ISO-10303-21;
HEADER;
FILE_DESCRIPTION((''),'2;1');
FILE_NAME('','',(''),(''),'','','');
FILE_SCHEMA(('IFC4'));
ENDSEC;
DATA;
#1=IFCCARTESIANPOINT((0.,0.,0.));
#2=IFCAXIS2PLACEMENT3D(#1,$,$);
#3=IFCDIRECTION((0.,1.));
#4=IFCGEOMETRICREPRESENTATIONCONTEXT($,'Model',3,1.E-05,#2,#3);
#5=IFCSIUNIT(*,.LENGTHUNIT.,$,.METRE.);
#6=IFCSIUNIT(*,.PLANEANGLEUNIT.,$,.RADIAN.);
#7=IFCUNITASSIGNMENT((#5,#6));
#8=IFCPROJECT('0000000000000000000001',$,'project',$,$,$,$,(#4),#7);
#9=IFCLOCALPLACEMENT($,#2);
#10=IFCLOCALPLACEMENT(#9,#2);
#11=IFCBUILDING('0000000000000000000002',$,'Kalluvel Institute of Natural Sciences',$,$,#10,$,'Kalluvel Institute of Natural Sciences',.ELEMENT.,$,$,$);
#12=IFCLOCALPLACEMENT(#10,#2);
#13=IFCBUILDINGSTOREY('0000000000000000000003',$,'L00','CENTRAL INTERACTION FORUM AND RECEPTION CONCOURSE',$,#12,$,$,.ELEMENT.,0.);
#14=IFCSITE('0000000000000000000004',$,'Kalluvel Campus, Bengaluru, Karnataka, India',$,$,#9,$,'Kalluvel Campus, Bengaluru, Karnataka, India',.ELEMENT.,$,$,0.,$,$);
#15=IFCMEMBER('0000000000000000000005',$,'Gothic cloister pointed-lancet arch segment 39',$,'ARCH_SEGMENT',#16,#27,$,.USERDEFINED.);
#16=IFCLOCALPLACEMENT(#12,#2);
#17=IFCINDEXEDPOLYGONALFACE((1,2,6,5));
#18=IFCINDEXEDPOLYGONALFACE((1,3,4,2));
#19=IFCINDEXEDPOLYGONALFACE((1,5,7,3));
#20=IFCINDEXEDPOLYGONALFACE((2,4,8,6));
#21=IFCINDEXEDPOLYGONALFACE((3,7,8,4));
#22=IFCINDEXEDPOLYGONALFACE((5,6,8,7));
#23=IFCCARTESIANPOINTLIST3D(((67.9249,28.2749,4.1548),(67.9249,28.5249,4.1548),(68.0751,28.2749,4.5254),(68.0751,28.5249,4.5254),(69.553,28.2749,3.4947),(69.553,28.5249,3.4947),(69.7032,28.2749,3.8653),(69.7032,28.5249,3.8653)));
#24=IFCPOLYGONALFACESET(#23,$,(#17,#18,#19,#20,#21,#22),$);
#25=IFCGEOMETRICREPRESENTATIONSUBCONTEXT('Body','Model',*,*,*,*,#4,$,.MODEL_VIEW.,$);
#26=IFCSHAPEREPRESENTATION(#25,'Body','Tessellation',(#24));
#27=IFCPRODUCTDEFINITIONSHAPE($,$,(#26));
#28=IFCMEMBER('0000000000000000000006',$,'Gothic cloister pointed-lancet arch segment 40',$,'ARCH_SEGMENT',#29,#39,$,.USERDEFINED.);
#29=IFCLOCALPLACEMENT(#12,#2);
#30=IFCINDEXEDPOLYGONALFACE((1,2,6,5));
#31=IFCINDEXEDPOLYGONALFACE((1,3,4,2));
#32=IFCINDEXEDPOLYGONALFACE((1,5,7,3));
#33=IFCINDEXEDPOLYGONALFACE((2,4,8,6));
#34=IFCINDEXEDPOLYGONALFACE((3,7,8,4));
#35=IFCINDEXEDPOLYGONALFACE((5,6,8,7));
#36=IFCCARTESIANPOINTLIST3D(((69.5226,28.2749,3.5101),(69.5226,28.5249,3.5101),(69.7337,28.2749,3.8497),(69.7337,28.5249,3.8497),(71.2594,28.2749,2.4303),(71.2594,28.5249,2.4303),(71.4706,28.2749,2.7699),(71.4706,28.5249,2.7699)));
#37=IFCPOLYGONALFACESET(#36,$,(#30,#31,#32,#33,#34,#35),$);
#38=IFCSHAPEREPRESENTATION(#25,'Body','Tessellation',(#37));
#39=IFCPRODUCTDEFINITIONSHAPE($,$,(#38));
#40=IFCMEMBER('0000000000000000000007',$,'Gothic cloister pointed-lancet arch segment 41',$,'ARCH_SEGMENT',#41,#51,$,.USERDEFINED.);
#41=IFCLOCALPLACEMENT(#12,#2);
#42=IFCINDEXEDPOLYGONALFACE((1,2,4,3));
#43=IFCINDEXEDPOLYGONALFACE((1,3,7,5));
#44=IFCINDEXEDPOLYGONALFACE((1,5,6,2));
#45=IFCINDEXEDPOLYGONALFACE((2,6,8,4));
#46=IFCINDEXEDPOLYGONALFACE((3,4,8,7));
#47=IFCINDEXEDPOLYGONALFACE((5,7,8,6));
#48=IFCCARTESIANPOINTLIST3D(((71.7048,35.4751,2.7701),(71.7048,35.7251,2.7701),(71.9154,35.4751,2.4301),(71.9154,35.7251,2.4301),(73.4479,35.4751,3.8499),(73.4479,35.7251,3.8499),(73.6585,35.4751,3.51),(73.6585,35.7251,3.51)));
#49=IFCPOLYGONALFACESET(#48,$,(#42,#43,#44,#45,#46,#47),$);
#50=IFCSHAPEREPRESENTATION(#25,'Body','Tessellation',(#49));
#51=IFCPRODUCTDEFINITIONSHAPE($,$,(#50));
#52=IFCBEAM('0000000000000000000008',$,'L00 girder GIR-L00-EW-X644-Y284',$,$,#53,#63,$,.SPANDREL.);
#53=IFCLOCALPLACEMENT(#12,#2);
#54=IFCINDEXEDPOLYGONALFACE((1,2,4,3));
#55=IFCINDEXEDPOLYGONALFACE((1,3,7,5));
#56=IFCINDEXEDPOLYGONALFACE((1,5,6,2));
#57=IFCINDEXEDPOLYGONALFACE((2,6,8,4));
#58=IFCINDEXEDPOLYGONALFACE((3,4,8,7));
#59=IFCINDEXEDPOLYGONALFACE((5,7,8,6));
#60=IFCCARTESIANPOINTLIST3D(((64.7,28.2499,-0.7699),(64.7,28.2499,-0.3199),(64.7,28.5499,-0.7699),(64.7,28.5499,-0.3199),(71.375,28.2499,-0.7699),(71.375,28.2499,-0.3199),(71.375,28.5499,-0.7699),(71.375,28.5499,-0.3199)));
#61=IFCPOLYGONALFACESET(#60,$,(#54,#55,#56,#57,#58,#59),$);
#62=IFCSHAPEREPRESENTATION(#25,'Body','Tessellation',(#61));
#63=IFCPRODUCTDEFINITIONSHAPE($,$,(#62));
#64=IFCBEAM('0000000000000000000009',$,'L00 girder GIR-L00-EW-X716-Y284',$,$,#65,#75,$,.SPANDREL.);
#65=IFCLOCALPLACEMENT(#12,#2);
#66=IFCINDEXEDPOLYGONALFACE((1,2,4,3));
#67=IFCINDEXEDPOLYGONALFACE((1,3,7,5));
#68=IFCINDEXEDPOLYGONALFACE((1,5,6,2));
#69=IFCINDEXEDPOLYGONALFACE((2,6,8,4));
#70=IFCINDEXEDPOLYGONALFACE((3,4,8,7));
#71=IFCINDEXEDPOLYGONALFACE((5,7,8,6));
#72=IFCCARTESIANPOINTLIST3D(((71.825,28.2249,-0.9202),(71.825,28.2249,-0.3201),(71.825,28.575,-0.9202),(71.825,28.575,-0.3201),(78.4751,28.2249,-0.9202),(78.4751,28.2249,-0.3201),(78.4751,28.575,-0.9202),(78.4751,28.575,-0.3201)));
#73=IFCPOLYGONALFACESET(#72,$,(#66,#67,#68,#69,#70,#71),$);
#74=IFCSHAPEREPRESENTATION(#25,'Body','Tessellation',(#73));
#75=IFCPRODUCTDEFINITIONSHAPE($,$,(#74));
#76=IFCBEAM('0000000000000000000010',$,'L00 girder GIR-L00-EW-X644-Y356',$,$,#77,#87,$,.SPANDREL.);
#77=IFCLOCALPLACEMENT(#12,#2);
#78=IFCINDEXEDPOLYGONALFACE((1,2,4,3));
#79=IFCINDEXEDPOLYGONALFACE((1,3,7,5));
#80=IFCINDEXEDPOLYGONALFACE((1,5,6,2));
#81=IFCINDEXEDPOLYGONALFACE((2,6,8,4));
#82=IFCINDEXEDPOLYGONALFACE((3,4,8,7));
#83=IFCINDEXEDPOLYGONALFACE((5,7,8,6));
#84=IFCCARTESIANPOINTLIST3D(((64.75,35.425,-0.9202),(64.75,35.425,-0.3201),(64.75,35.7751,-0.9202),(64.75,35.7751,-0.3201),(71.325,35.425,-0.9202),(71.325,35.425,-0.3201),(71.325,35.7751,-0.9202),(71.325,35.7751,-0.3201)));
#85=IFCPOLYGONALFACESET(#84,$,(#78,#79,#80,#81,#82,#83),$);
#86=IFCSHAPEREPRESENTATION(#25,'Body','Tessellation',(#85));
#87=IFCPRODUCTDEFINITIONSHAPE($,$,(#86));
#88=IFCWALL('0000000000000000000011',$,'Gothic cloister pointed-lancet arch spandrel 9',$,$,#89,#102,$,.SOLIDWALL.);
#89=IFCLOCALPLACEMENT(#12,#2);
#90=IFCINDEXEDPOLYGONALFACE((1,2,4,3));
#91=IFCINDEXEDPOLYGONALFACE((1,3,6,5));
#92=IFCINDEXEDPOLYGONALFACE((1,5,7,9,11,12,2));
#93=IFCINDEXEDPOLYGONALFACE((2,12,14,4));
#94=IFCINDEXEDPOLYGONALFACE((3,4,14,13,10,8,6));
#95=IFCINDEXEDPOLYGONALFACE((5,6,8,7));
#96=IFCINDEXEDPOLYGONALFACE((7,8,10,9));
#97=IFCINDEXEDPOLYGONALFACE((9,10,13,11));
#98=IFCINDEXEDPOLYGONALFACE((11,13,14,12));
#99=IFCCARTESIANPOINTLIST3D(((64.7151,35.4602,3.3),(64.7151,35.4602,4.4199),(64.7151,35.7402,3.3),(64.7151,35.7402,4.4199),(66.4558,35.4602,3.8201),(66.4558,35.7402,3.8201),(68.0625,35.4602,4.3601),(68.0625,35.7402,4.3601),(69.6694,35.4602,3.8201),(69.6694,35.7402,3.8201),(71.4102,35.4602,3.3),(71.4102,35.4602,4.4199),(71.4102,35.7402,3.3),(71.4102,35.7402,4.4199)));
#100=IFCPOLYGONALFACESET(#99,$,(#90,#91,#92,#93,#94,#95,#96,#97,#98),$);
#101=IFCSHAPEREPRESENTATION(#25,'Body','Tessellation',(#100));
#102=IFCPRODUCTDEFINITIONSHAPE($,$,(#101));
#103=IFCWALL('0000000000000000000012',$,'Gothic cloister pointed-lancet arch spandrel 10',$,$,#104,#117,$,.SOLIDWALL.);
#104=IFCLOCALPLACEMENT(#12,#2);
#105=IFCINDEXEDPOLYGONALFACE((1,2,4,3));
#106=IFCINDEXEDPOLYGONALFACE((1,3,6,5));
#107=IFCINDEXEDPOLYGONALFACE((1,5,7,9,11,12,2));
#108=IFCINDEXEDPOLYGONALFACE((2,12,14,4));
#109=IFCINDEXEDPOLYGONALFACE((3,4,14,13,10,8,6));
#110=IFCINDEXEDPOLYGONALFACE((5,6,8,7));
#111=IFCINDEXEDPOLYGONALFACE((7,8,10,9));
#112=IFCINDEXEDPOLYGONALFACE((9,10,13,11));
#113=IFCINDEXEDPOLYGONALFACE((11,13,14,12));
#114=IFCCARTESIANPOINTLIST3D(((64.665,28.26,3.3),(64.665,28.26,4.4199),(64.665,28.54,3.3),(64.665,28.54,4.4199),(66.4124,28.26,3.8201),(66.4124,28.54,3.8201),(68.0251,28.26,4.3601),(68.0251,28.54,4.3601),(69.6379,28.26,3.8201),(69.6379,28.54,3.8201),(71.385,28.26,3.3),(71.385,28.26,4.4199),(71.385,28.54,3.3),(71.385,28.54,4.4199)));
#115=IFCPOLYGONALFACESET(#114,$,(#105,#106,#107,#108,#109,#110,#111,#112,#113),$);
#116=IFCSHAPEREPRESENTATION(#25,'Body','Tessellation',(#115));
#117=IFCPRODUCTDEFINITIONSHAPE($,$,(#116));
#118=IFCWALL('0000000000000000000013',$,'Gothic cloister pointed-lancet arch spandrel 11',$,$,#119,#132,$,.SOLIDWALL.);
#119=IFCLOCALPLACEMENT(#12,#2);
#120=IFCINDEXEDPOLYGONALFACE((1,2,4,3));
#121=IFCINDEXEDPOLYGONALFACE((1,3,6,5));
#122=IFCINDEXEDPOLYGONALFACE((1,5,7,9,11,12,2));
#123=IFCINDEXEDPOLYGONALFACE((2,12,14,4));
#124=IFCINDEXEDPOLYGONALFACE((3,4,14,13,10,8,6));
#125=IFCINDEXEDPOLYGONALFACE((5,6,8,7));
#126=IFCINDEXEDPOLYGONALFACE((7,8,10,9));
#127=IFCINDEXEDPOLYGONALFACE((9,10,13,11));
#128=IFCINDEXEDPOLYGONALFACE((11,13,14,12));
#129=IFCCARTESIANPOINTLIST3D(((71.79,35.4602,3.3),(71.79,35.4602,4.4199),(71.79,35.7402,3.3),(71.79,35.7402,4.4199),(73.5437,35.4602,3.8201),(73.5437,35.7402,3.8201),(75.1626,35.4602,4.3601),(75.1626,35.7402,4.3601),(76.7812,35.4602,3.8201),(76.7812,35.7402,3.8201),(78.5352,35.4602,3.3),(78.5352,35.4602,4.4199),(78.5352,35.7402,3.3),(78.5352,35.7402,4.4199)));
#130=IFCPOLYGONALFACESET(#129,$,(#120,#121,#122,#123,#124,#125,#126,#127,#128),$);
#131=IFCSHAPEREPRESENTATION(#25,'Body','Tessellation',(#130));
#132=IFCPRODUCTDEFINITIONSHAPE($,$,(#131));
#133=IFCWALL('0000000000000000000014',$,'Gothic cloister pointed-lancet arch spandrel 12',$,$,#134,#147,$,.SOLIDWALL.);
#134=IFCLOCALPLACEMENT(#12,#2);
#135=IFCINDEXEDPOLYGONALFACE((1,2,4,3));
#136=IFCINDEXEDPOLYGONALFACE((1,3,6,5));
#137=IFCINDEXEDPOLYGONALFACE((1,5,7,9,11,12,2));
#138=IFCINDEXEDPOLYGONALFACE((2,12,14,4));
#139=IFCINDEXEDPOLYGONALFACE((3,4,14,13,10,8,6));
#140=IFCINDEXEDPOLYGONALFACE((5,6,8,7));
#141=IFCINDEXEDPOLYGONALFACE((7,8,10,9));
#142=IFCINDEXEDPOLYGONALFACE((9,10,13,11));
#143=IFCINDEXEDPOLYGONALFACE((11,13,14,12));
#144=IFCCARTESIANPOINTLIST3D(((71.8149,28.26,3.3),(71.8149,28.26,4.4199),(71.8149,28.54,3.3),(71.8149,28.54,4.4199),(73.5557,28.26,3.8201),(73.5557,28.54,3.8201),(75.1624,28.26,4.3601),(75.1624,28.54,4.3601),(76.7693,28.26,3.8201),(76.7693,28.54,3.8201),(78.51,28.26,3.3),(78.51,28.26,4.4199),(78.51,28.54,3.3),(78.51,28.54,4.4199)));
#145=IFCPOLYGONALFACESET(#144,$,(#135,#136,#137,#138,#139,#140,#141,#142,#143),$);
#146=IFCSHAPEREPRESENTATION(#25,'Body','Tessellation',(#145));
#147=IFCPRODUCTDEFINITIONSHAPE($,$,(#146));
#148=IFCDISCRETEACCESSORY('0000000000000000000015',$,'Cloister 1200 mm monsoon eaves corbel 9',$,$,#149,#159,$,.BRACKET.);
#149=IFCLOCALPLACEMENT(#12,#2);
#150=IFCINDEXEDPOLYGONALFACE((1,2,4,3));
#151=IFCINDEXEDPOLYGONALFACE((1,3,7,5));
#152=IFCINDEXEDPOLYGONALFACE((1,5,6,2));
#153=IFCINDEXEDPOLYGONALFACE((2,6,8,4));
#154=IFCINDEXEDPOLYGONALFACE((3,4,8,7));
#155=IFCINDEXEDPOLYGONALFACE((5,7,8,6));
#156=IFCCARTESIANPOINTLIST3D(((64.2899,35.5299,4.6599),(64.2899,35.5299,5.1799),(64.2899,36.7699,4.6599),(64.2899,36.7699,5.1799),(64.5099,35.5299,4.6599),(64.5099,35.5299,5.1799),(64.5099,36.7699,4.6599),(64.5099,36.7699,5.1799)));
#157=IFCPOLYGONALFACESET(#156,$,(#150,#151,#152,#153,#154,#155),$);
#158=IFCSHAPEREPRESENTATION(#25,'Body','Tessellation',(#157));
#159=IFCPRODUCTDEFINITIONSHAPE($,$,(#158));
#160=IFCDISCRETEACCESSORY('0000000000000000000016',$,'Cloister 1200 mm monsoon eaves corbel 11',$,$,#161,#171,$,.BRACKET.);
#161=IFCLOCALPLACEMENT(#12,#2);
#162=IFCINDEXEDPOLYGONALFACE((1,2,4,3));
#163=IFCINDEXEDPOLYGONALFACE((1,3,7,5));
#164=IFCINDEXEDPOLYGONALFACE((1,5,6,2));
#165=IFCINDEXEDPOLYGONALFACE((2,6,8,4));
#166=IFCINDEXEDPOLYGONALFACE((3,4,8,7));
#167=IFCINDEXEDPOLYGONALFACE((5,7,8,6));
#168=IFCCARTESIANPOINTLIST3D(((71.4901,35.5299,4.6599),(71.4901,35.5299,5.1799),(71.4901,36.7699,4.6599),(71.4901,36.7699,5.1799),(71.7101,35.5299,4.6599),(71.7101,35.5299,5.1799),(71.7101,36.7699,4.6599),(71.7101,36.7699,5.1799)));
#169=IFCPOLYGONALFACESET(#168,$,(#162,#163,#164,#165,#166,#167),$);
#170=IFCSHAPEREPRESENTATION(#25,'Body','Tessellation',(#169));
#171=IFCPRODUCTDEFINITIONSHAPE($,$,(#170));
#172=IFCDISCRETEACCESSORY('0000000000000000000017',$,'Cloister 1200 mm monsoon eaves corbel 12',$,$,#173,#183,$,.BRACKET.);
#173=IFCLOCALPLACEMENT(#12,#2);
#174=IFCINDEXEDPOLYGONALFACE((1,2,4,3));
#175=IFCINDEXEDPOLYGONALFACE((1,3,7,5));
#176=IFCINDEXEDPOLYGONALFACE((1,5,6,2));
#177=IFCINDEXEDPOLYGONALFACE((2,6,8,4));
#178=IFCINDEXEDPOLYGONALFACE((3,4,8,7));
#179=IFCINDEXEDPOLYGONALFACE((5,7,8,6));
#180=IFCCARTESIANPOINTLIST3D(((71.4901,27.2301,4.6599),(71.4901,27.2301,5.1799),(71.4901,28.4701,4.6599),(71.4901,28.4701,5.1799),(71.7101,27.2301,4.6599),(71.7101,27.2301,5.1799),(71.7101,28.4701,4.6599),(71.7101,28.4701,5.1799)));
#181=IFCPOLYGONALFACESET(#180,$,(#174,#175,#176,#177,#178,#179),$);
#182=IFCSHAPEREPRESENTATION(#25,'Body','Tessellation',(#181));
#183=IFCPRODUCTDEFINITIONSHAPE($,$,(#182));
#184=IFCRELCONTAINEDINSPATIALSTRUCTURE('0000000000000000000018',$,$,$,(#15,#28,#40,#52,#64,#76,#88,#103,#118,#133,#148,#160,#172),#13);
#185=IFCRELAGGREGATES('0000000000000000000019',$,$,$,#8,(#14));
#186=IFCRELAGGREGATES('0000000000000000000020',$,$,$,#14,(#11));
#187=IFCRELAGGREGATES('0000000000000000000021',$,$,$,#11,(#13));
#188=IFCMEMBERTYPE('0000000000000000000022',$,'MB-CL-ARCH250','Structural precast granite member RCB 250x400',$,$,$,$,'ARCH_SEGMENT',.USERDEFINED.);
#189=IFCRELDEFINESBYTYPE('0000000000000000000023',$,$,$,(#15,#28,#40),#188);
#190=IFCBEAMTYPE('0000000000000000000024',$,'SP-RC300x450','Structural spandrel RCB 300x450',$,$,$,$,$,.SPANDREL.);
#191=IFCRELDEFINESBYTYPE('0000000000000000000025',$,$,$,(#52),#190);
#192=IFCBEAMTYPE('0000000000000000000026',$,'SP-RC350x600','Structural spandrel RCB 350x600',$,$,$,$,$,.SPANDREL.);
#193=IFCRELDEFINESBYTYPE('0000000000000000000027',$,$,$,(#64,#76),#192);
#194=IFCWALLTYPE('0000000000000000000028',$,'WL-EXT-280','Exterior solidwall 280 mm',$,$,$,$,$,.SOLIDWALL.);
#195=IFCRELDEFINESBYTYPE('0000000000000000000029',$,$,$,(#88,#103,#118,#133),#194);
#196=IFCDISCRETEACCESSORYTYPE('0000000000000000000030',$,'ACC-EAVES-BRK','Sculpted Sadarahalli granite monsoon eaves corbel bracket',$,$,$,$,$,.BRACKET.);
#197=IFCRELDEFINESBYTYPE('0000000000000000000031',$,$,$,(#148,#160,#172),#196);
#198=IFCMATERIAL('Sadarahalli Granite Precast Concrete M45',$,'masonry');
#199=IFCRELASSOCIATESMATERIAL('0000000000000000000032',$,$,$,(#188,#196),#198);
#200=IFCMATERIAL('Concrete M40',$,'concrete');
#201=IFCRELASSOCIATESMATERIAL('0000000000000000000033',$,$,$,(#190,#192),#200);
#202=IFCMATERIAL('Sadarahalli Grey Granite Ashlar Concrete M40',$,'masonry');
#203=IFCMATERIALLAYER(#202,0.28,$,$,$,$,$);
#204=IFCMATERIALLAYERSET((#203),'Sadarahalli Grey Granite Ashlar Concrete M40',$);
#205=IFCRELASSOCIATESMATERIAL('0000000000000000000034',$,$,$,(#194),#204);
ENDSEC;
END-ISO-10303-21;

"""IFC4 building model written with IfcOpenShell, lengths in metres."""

from ifc_helpers import new_model, si_unit, direction, frame, origin, origin_2d, place, context, subcontext, project, spatial, polyline, rectangle, outline, extrude, material, layer, layer_set, material_profile, profile_set, type_object, element, save


model = new_model("IFC4")

# Units and contexts
model_context = context("Model", 3, precision=1e-05, world=origin(), true_north=direction((0.0, 1.0)))
body_context = subcontext(model_context, "Body", "Model", "MODEL_VIEW")
ifc_project = project(units=[si_unit("LENGTHUNIT", "METRE"), si_unit("PLANEANGLEUNIT", "RADIAN")], contexts=[model_context])

# Site, building, storey
site_placement = place(None, origin())
site = spatial("IfcSite", under=ifc_project, at=site_placement, Name="Kalluvel Campus, Bengaluru, Karnataka, India", LongName="Kalluvel Campus, Bengaluru, Karnataka, India", CompositionType="ELEMENT", RefElevation=0.0)
building_placement = place(site_placement, origin())
building = spatial("IfcBuilding", under=site, at=building_placement, Name="Kalluvel Institute of Natural Sciences", LongName="Kalluvel Institute of Natural Sciences", CompositionType="ELEMENT")
storey_placement = place(building_placement, origin())
storey = spatial("IfcBuildingStorey", under=building, at=storey_placement, Name="L00", Description="CENTRAL INTERACTION FORUM AND RECEPTION CONCOURSE", CompositionType="ELEMENT", Elevation=0.0)

# Shared definitions
ifc_material_1 = material(Name="Concrete M40", Category="concrete")

# Members
ifc_material_2 = material(Name="Sadarahalli Granite Precast Concrete M45", Category="masonry")
ifc_material_profile_1 = material_profile(ifc_material_2, rectangle(XDim=0.25, YDim=0.3999, at=origin_2d()), Name="RCB 250x400")
ifc_profile_set_1 = profile_set([ifc_material_profile_1], Name="Sadarahalli Granite Precast Concrete M45")
member_type = type_object("IfcMemberType", Name="MB-CL-ARCH250", Description="Structural precast granite member RCB 250x400", ElementType="ARCH_SEGMENT", PredefinedType="USERDEFINED", material=ifc_profile_set_1)
member_1_placement = place(storey_placement, frame((68.0, 28.3999, 4.3401), z_axis=(0.926722, 0.0, -0.375747), x_axis=(0.0, 1.0, 0.0)))
element("IfcMember", 1, at=member_1_placement, inside=storey, type_object=member_type, Name="Gothic cloister pointed-lancet arch segment 39", ObjectType="ARCH_SEGMENT", PredefinedType="USERDEFINED", context=body_context, shape_type="SweptSolid", body=[
    extrude(rectangle(XDim=0.25, YDim=0.3999, at=origin_2d()), origin(), (0.0, 0.0, 1.0), 1.7568),
])
member_2_placement = place(storey_placement, frame((69.6282, 28.3999, 3.6799), z_axis=(0.849243, 0.0, -0.528002), x_axis=(0.0, 1.0, 0.0)))
element("IfcMember", 2, at=member_2_placement, inside=storey, type_object=member_type, Name="Gothic cloister pointed-lancet arch segment 40", ObjectType="ARCH_SEGMENT", PredefinedType="USERDEFINED", context=body_context, shape_type="SweptSolid", body=[
    extrude(rectangle(XDim=0.25, YDim=0.3999, at=origin_2d()), origin(), (0.0, 0.0, 1.0), 2.0452),
])
member_3_placement = place(storey_placement, frame((71.8101, 35.6001, 2.6001), z_axis=(0.850105, 0.0, 0.526613), x_axis=(0.0, 1.0, 0.0)))
element("IfcMember", 3, at=member_3_placement, inside=storey, type_object=member_type, Name="Gothic cloister pointed-lancet arch segment 41", ObjectType="ARCH_SEGMENT", PredefinedType="USERDEFINED", context=body_context, shape_type="SweptSolid", body=[
    extrude(rectangle(XDim=0.25, YDim=0.3999, at=origin_2d()), origin(), (0.0, 0.0, 1.0), 2.0505),
])

# Beams
ifc_material_profile_2 = material_profile(ifc_material_1, rectangle(XDim=0.3, YDim=0.45, at=origin_2d()), Name="RCB 300x450")
ifc_profile_set_2 = profile_set([ifc_material_profile_2], Name="Concrete M40")
beam_type_1 = type_object("IfcBeamType", Name="SP-RC300x450", Description="Structural spandrel RCB 300x450", PredefinedType="SPANDREL", material=ifc_profile_set_2)
beam_1_placement = place(storey_placement, frame((64.7, 28.3999, -0.5449), z_axis=(1.0, 0.0, 0.0), x_axis=(0.0, 1.0, 0.0)))
element("IfcBeam", 4, at=beam_1_placement, inside=storey, type_object=beam_type_1, Name="L00 girder GIR-L00-EW-X644-Y284", PredefinedType="SPANDREL", context=body_context, shape_type="SweptSolid", body=[
    extrude(rectangle(XDim=0.3, YDim=0.45, at=origin_2d()), origin(), (0.0, 0.0, 1.0), 6.675),
])
ifc_material_profile_3 = material_profile(ifc_material_1, rectangle(XDim=0.3501, YDim=0.6001, at=origin_2d()), Name="RCB 350x600")
ifc_profile_set_3 = profile_set([ifc_material_profile_3], Name="Concrete M40")
beam_type_2 = type_object("IfcBeamType", Name="SP-RC350x600", Description="Structural spandrel RCB 350x600", PredefinedType="SPANDREL", material=ifc_profile_set_3)
beam_2_placement = place(storey_placement, frame((71.825, 28.3999, -0.6201), z_axis=(1.0, 0.0, 0.0), x_axis=(0.0, 1.0, 0.0)))
element("IfcBeam", 5, at=beam_2_placement, inside=storey, type_object=beam_type_2, Name="L00 girder GIR-L00-EW-X716-Y284", PredefinedType="SPANDREL", context=body_context, shape_type="SweptSolid", body=[
    extrude(rectangle(XDim=0.3501, YDim=0.6001, at=origin_2d()), origin(), (0.0, 0.0, 1.0), 6.6501),
])
beam_3_placement = place(storey_placement, frame((64.75, 35.6001, -0.6201), z_axis=(1.0, 0.0, 0.0), x_axis=(0.0, 1.0, 0.0)))
element("IfcBeam", 6, at=beam_3_placement, inside=storey, type_object=beam_type_2, Name="L00 girder GIR-L00-EW-X644-Y356", PredefinedType="SPANDREL", context=body_context, shape_type="SweptSolid", body=[
    extrude(rectangle(XDim=0.3501, YDim=0.6001, at=origin_2d()), origin(), (0.0, 0.0, 1.0), 6.575),
])

# Walls
ifc_material_3 = material(Name="Sadarahalli Grey Granite Ashlar Concrete M40", Category="masonry")
ifc_layer = layer(ifc_material_3, 0.28)
ifc_layer_set = layer_set([ifc_layer], Name="Sadarahalli Grey Granite Ashlar Concrete M40")
wall_type = type_object("IfcWallType", Name="WL-EXT-280", Description="Exterior solidwall 280 mm", PredefinedType="SOLIDWALL", material=ifc_layer_set)
wall_1_placement = place(storey_placement, frame((64.7151, 35.6001, 3.3), z_axis=(0.0, 0.0, 1.0), x_axis=(1.0, 0.0, 0.0)))
element("IfcWall", 7, at=wall_1_placement, inside=storey, type_object=wall_type, Name="Gothic cloister pointed-lancet arch spandrel 9", PredefinedType="SOLIDWALL", context=body_context, shape_type="SweptSolid", body=[
    extrude(outline(polyline([(0.0, 0.0), (1.7407, 0.52), (3.3474, 1.0601), (4.9543, 0.52), (6.6951, 0.0), (6.6951, 1.1199), (0.0, 1.1199), (0.0, 0.0)])), frame((0.0, 0.1401, 0.0), z_axis=(0.0, -1.0, 0.0), x_axis=(1.0, 0.0, 0.0)), (0.0, 0.0, 1.0), 0.28),
])
wall_2_placement = place(storey_placement, frame((64.665, 28.3999, 3.3), z_axis=(0.0, 0.0, 1.0), x_axis=(1.0, 0.0, 0.0)))
element("IfcWall", 8, at=wall_2_placement, inside=storey, type_object=wall_type, Name="Gothic cloister pointed-lancet arch spandrel 10", PredefinedType="SOLIDWALL", context=body_context, shape_type="SweptSolid", body=[
    extrude(outline(polyline([(0.0, 0.0), (1.7473, 0.52), (3.3601, 1.0601), (4.9729, 0.52), (6.72, 0.0), (6.72, 1.1199), (0.0, 1.1199), (0.0, 0.0)])), frame((0.0, 0.1401, 0.0), z_axis=(0.0, -1.0, 0.0), x_axis=(1.0, 0.0, 0.0)), (0.0, 0.0, 1.0), 0.28),
])
wall_3_placement = place(storey_placement, frame((71.79, 35.6001, 3.3), z_axis=(0.0, 0.0, 1.0), x_axis=(1.0, 0.0, 0.0)))
element("IfcWall", 9, at=wall_3_placement, inside=storey, type_object=wall_type, Name="Gothic cloister pointed-lancet arch spandrel 11", PredefinedType="SOLIDWALL", context=body_context, shape_type="SweptSolid", body=[
    extrude(outline(polyline([(0.0, 0.0), (1.7537, 0.52), (3.3726, 1.0601), (4.9912, 0.52), (6.7451, 0.0), (6.7451, 1.1199), (0.0, 1.1199), (0.0, 0.0)])), frame((0.0, 0.1401, 0.0), z_axis=(0.0, -1.0, 0.0), x_axis=(1.0, 0.0, 0.0)), (0.0, 0.0, 1.0), 0.28),
])
wall_4_placement = place(storey_placement, frame((71.8149, 28.3999, 3.3), z_axis=(0.0, 0.0, 1.0), x_axis=(1.0, 0.0, 0.0)))
element("IfcWall", 10, at=wall_4_placement, inside=storey, type_object=wall_type, Name="Gothic cloister pointed-lancet arch spandrel 12", PredefinedType="SOLIDWALL", context=body_context, shape_type="SweptSolid", body=[
    extrude(outline(polyline([(0.0, 0.0), (1.7407, 0.52), (3.3474, 1.0601), (4.9543, 0.52), (6.6951, 0.0), (6.6951, 1.1199), (0.0, 1.1199), (0.0, 0.0)])), frame((0.0, 0.1401, 0.0), z_axis=(0.0, -1.0, 0.0), x_axis=(1.0, 0.0, 0.0)), (0.0, 0.0, 1.0), 0.28),
])

# Discrete accessories
discrete_accessory_type = type_object("IfcDiscreteAccessoryType", Name="ACC-EAVES-BRK", Description="Sculpted Sadarahalli granite monsoon eaves corbel bracket", PredefinedType="BRACKET", material=ifc_material_2)
for number, where, z_axis, x_axis, name in (
    (11, (64.3999, 36.1499, 4.6599), (0.0, 0.0, 1.0), (1.0, 0.0, 0.0), "Cloister 1200 mm monsoon eaves corbel 9"),
    (12, (71.6001, 36.1499, 4.6599), (0.0, 0.0, 1.0), (1.0, 0.0, 0.0), "Cloister 1200 mm monsoon eaves corbel 11"),
    (13, (71.6001, 27.8501, 4.6599), (0.0, 0.0, 1.0), (1.0, 0.0, 0.0), "Cloister 1200 mm monsoon eaves corbel 12"),
):
    element("IfcDiscreteAccessory", number, at=place(storey_placement, frame(where, z_axis=z_axis, x_axis=x_axis)), inside=storey, type_object=discrete_accessory_type, Name=name, PredefinedType="BRACKET", context=body_context, shape_type="SweptSolid", body=[
        extrude(rectangle(XDim=0.22, YDim=1.24, at=origin_2d()), origin(), (0.0, 0.0, 1.0), 0.52),
    ])

save(model, "model.ifc")
